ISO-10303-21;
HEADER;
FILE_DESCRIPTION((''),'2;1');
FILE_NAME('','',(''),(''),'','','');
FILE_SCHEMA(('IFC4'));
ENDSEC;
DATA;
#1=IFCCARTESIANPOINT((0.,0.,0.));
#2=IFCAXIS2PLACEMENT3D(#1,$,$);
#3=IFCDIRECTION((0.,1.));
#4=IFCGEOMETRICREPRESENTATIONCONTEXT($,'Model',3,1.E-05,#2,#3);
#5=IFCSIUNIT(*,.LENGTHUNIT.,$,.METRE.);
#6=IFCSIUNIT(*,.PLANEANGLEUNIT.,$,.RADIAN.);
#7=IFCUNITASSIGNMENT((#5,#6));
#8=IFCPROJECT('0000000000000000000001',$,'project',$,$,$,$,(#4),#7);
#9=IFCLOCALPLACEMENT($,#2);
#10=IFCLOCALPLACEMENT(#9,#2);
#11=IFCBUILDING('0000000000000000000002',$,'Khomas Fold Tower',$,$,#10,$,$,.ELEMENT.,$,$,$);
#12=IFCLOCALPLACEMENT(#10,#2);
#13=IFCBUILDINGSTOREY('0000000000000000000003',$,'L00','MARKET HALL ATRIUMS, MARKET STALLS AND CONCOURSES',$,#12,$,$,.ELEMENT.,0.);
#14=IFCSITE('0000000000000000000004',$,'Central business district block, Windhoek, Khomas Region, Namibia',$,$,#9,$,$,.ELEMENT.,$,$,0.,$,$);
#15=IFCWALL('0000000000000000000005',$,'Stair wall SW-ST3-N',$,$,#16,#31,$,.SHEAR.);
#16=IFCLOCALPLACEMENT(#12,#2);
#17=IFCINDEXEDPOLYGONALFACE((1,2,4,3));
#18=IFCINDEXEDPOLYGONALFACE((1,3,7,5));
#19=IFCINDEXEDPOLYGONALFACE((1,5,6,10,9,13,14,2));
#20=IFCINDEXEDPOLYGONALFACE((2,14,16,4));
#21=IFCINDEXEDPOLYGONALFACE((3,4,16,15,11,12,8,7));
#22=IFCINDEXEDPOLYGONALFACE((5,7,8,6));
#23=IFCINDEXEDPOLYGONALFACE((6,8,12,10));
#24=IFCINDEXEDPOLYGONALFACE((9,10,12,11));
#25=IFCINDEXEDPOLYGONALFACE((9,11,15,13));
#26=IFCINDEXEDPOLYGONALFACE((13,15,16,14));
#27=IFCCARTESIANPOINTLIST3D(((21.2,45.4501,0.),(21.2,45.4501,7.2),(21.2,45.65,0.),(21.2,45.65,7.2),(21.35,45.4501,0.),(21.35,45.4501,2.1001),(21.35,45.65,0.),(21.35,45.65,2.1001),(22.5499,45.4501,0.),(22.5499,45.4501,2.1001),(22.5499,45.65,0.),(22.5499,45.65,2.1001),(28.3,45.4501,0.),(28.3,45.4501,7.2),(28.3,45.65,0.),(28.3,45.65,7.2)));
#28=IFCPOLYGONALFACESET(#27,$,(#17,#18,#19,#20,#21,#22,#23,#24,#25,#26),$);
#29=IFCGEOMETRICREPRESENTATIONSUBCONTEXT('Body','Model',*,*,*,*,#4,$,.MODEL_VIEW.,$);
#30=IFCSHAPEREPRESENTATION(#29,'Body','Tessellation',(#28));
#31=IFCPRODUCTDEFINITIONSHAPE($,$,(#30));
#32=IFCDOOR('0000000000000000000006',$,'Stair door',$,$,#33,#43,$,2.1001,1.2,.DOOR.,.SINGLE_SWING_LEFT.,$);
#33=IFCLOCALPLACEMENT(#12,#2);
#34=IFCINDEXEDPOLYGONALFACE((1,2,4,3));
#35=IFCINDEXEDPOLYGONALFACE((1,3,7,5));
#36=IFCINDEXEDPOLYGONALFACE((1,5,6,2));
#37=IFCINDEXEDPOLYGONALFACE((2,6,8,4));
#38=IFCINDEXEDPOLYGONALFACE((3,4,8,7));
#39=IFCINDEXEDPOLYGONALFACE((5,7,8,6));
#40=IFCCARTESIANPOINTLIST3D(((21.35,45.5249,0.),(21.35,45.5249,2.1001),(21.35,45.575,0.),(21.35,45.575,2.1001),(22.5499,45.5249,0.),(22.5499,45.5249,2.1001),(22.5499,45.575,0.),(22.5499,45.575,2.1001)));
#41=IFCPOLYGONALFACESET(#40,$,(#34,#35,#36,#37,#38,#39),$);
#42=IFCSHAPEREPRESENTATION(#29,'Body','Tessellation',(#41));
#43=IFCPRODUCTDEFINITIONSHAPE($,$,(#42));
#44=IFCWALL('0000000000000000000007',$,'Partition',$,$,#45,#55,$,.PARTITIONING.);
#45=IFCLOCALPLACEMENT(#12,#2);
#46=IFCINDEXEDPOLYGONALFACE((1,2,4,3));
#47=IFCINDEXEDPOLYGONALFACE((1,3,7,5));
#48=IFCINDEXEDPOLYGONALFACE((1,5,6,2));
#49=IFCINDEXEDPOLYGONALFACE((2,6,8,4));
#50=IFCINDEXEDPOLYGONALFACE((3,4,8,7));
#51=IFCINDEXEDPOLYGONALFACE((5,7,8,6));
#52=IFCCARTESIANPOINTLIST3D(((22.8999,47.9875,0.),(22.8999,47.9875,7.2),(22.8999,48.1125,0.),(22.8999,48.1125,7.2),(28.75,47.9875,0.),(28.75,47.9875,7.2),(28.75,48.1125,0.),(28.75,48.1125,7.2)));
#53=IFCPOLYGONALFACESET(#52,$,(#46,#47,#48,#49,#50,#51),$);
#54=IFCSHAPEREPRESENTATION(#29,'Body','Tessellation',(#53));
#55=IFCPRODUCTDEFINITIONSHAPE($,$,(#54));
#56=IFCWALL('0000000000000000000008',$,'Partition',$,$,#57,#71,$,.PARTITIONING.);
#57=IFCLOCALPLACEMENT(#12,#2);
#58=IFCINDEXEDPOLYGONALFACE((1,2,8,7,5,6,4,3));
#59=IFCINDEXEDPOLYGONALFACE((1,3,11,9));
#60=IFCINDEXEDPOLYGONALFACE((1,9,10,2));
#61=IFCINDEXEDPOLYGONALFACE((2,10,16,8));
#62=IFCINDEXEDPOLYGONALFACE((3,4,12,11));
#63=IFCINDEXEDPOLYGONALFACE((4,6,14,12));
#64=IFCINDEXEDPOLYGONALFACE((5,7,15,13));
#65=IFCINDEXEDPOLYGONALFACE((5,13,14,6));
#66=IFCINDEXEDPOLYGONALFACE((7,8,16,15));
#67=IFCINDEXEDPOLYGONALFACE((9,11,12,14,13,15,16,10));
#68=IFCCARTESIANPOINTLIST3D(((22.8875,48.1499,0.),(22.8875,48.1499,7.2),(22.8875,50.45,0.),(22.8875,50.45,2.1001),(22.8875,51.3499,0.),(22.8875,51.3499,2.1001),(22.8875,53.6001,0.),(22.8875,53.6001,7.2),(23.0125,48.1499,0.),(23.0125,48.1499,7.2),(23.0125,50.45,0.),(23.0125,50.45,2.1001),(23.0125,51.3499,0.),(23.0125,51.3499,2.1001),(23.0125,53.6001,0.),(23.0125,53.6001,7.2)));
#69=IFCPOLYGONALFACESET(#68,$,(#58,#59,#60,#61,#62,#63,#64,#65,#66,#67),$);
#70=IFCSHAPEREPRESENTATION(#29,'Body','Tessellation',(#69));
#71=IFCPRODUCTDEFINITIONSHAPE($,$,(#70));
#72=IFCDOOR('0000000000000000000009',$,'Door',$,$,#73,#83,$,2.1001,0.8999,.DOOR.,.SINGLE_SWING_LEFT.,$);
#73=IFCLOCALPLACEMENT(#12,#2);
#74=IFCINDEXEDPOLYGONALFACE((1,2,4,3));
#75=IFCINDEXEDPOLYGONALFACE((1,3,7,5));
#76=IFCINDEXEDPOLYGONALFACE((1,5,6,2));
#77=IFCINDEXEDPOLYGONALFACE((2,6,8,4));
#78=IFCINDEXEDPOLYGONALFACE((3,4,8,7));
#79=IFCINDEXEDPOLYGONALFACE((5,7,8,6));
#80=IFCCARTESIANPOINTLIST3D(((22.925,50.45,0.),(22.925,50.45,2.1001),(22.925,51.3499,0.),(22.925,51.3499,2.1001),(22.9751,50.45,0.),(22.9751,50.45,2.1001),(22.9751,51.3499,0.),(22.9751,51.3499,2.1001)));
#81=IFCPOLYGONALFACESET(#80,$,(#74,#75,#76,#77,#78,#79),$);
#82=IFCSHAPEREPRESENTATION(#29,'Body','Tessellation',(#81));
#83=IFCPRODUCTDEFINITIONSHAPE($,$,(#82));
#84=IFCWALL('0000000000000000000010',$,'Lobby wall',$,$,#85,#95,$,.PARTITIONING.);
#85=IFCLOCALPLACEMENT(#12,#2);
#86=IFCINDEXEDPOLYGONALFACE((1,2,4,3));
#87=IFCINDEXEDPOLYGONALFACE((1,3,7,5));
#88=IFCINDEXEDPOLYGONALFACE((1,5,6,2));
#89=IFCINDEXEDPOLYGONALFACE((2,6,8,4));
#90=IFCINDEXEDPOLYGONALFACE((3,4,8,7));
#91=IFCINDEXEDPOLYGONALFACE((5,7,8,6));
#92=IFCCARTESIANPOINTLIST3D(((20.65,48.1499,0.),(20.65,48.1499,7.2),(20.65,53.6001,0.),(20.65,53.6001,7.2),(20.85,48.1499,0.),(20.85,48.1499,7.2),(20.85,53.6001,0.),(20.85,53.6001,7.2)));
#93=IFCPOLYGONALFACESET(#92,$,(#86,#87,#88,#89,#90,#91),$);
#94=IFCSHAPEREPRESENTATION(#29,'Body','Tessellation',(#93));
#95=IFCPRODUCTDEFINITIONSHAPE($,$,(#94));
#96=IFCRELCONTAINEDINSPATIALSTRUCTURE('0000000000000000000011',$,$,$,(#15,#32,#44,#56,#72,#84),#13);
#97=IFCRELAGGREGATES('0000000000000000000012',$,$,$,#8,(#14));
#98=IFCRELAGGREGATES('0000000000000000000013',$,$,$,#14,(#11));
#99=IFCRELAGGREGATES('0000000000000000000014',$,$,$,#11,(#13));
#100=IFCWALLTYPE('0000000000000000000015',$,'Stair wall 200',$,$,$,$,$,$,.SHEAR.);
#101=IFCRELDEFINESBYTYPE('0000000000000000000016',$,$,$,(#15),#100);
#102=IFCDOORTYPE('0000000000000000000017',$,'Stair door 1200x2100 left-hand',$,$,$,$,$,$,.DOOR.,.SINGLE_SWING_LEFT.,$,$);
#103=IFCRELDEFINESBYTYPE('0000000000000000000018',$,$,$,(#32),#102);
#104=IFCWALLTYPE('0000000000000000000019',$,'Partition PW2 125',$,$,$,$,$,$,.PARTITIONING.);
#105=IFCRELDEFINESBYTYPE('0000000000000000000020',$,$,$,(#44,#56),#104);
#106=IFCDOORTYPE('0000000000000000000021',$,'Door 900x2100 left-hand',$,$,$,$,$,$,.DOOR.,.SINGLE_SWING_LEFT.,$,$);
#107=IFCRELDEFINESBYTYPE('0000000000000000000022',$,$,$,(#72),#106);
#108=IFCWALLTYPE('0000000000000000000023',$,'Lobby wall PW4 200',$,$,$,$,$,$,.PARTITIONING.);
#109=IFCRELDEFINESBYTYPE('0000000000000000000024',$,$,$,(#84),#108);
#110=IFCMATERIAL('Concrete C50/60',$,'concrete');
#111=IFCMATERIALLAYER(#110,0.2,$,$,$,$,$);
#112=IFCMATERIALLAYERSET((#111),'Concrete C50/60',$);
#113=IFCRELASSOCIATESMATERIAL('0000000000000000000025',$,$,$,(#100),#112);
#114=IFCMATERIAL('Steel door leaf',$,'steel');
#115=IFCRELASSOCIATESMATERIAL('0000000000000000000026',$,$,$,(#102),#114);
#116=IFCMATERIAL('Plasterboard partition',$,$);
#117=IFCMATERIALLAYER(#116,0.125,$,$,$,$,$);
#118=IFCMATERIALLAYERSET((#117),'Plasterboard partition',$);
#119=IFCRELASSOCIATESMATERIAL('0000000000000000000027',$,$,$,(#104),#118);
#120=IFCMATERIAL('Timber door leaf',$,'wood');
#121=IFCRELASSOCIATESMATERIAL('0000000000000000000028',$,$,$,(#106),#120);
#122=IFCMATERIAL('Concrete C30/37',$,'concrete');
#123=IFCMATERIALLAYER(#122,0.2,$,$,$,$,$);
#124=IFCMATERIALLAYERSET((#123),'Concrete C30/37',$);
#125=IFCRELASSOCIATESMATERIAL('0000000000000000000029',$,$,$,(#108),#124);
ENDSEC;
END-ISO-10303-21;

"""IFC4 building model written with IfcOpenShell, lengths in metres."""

from ifc_helpers import new_model, si_unit, direction, frame, frame_2d, origin, place, context, subcontext, project, spatial, rectangle, extrude, source, transform, mapped, material, layer, layer_set, type_object, element, fill, save


model = new_model("IFC4")

# Units and contexts
model_context = context("Model", 3, precision=1e-05, world=origin(), true_north=direction((0.0, 1.0)))
body_context = subcontext(model_context, "Body", "Model", "MODEL_VIEW")
ifc_project = project(units=[si_unit("LENGTHUNIT", "METRE"), si_unit("PLANEANGLEUNIT", "RADIAN")], contexts=[model_context])

# Site, building, storey
site_placement = place(None, origin())
site = spatial("IfcSite", under=ifc_project, at=site_placement, Name="Central business district block, Windhoek, Khomas Region, Namibia", CompositionType="ELEMENT", RefElevation=0.0)
building_placement = place(site_placement, origin())
building = spatial("IfcBuilding", under=site, at=building_placement, Name="Khomas Fold Tower", CompositionType="ELEMENT")
storey_placement = place(building_placement, origin())
storey = spatial("IfcBuildingStorey", under=building, at=storey_placement, Name="L00", Description="MARKET HALL ATRIUMS, MARKET STALLS AND CONCOURSES", CompositionType="ELEMENT", Elevation=0.0)

# Wall, opening, door
ifc_material_1 = material(Name="Concrete C50/60", Category="concrete")
ifc_layer_1 = layer(ifc_material_1, 0.2)
ifc_layer_set_1 = layer_set([ifc_layer_1], Name="Concrete C50/60")
wall_type_1 = type_object("IfcWallType", Name="Stair wall 200", PredefinedType="SHEAR", material=ifc_layer_set_1)
shared_shape_1 = source(origin(), body_context, "Body", "SweptSolid", [
    extrude(rectangle(XDim=7.1001, YDim=0.2, at=frame_2d((3.55, 0.0))), origin(), (0.0, 0.0, 1.0), 7.2),
])
wall_1_placement = place(storey_placement, frame((21.2, 45.55, 0.0), z_axis=(0.0, 0.0, 1.0), x_axis=(1.0, 0.0, 0.0)))
wall_1 = element("IfcWall", 1, at=wall_1_placement, inside=storey, type_object=wall_type_1, Name="Stair wall SW-ST3-N", PredefinedType="SHEAR", context=body_context, shape_type="MappedRepresentation", body=[
    mapped(shared_shape_1, transform((0.0, 0.0, 0.0))),
])
shared_shape_2 = source(origin(), body_context, "Body", "SweptSolid", [
    extrude(rectangle(XDim=1.2, YDim=2.1001, at=frame_2d((0.6001, 1.05))), frame((0.0, 0.1099, 0.0), z_axis=(0.0, -1.0, 0.0), x_axis=(1.0, 0.0, 0.0)), (0.0, 0.0, 1.0), 0.22),
])
opening_1_placement = place(wall_1_placement, frame((0.1499, 0.0, 0.0)))
opening_1 = element("IfcOpeningElement", 2, at=opening_1_placement, cuts=wall_1, PredefinedType="OPENING", context=body_context, shape_type="MappedRepresentation", body=[
    mapped(shared_shape_2, transform((0.0, 0.0, 0.0))),
])
ifc_material_2 = material(Name="Steel door leaf", Category="steel")
door_type_1 = type_object("IfcDoorType", Name="Stair door 1200x2100 left-hand", OperationType="SINGLE_SWING_LEFT", PredefinedType="DOOR", material=ifc_material_2)
shared_shape_3 = source(origin(), body_context, "Body", "SweptSolid", [
    extrude(rectangle(XDim=1.2, YDim=2.1001, at=frame_2d((0.6001, 1.05))), frame((0.0, 0.0249, 0.0), z_axis=(0.0, -1.0, 0.0), x_axis=(1.0, 0.0, 0.0)), (0.0, 0.0, 1.0), 0.05),
])
door_1_placement = place(opening_1_placement, origin())
door_1 = element("IfcDoor", 3, at=door_1_placement, inside=storey, type_object=door_type_1, Name="Stair door", OperationType="SINGLE_SWING_LEFT", OverallHeight=2.1001, OverallWidth=1.2, PredefinedType="DOOR", context=body_context, shape_type="MappedRepresentation", body=[
    mapped(shared_shape_3, transform((0.0, 0.0, 0.0))),
])
fill(opening_1, door_1)

# Wall
ifc_material_3 = material(Name="Plasterboard partition")
ifc_layer_2 = layer(ifc_material_3, 0.125)
ifc_layer_set_2 = layer_set([ifc_layer_2], Name="Plasterboard partition")
wall_type_2 = type_object("IfcWallType", Name="Partition PW2 125", PredefinedType="PARTITIONING", material=ifc_layer_set_2)
shared_shape_4 = source(origin(), body_context, "Body", "SweptSolid", [
    extrude(rectangle(XDim=5.8501, YDim=0.125, at=frame_2d((2.925, 0.0))), origin(), (0.0, 0.0, 1.0), 7.2),
])
wall_2_placement = place(storey_placement, frame((22.8999, 48.05, 0.0), z_axis=(0.0, 0.0, 1.0), x_axis=(1.0, 0.0, 0.0)))
element("IfcWall", 4, at=wall_2_placement, inside=storey, type_object=wall_type_2, Name="Partition", PredefinedType="PARTITIONING", context=body_context, shape_type="MappedRepresentation", body=[
    mapped(shared_shape_4, transform((0.0, 0.0, 0.0))),
])

# Wall, opening, door
shared_shape_5 = source(origin(), body_context, "Body", "SweptSolid", [
    extrude(rectangle(XDim=5.4502, YDim=0.125, at=frame_2d((2.7251, 0.0))), origin(), (0.0, 0.0, 1.0), 7.2),
])
wall_3_placement = place(storey_placement, frame((22.95, 48.1499, 0.0), z_axis=(0.0, 0.0, 1.0), x_axis=(0.0, 1.0, 0.0)))
wall_3 = element("IfcWall", 5, at=wall_3_placement, inside=storey, type_object=wall_type_2, Name="Partition", PredefinedType="PARTITIONING", context=body_context, shape_type="MappedRepresentation", body=[
    mapped(shared_shape_5, transform((0.0, 0.0, 0.0))),
])
shared_shape_6 = source(origin(), body_context, "Body", "SweptSolid", [
    extrude(rectangle(XDim=0.8999, YDim=2.1001, at=frame_2d((0.45, 1.05))), frame((0.0, 0.0725, 0.0), z_axis=(0.0, -1.0, 0.0), x_axis=(1.0, 0.0, 0.0)), (0.0, 0.0, 1.0), 0.145),
])
opening_2_placement = place(wall_3_placement, frame((2.3, 0.0, 0.0)))
opening_2 = element("IfcOpeningElement", 6, at=opening_2_placement, cuts=wall_3, PredefinedType="OPENING", context=body_context, shape_type="MappedRepresentation", body=[
    mapped(shared_shape_6, transform((0.0, 0.0, 0.0))),
])
ifc_material_4 = material(Name="Timber door leaf", Category="wood")
door_type_2 = type_object("IfcDoorType", Name="Door 900x2100 left-hand", OperationType="SINGLE_SWING_LEFT", PredefinedType="DOOR", material=ifc_material_4)
shared_shape_7 = source(origin(), body_context, "Body", "SweptSolid", [
    extrude(rectangle(XDim=0.8999, YDim=2.1001, at=frame_2d((0.45, 1.05))), frame((0.0, 0.0249, 0.0), z_axis=(0.0, -1.0, 0.0), x_axis=(1.0, 0.0, 0.0)), (0.0, 0.0, 1.0), 0.05),
])
door_2_placement = place(opening_2_placement, origin())
door_2 = element("IfcDoor", 7, at=door_2_placement, inside=storey, type_object=door_type_2, Name="Door", OperationType="SINGLE_SWING_LEFT", OverallHeight=2.1001, OverallWidth=0.8999, PredefinedType="DOOR", context=body_context, shape_type="MappedRepresentation", body=[
    mapped(shared_shape_7, transform((0.0, 0.0, 0.0))),
])
fill(opening_2, door_2)

# Wall
ifc_material_5 = material(Name="Concrete C30/37", Category="concrete")
ifc_layer_3 = layer(ifc_material_5, 0.2)
ifc_layer_set_3 = layer_set([ifc_layer_3], Name="Concrete C30/37")
wall_type_3 = type_object("IfcWallType", Name="Lobby wall PW4 200", PredefinedType="PARTITIONING", material=ifc_layer_set_3)
shared_shape_8 = source(origin(), body_context, "Body", "SweptSolid", [
    extrude(rectangle(XDim=5.4502, YDim=0.2, at=frame_2d((2.7251, 0.0))), origin(), (0.0, 0.0, 1.0), 7.2),
])
wall_4_placement = place(storey_placement, frame((20.75, 48.1499, 0.0), z_axis=(0.0, 0.0, 1.0), x_axis=(0.0, 1.0, 0.0)))
element("IfcWall", 8, at=wall_4_placement, inside=storey, type_object=wall_type_3, Name="Lobby wall", PredefinedType="PARTITIONING", context=body_context, shape_type="MappedRepresentation", body=[
    mapped(shared_shape_8, transform((0.0, 0.0, 0.0))),
])

save(model, "model.ifc")
